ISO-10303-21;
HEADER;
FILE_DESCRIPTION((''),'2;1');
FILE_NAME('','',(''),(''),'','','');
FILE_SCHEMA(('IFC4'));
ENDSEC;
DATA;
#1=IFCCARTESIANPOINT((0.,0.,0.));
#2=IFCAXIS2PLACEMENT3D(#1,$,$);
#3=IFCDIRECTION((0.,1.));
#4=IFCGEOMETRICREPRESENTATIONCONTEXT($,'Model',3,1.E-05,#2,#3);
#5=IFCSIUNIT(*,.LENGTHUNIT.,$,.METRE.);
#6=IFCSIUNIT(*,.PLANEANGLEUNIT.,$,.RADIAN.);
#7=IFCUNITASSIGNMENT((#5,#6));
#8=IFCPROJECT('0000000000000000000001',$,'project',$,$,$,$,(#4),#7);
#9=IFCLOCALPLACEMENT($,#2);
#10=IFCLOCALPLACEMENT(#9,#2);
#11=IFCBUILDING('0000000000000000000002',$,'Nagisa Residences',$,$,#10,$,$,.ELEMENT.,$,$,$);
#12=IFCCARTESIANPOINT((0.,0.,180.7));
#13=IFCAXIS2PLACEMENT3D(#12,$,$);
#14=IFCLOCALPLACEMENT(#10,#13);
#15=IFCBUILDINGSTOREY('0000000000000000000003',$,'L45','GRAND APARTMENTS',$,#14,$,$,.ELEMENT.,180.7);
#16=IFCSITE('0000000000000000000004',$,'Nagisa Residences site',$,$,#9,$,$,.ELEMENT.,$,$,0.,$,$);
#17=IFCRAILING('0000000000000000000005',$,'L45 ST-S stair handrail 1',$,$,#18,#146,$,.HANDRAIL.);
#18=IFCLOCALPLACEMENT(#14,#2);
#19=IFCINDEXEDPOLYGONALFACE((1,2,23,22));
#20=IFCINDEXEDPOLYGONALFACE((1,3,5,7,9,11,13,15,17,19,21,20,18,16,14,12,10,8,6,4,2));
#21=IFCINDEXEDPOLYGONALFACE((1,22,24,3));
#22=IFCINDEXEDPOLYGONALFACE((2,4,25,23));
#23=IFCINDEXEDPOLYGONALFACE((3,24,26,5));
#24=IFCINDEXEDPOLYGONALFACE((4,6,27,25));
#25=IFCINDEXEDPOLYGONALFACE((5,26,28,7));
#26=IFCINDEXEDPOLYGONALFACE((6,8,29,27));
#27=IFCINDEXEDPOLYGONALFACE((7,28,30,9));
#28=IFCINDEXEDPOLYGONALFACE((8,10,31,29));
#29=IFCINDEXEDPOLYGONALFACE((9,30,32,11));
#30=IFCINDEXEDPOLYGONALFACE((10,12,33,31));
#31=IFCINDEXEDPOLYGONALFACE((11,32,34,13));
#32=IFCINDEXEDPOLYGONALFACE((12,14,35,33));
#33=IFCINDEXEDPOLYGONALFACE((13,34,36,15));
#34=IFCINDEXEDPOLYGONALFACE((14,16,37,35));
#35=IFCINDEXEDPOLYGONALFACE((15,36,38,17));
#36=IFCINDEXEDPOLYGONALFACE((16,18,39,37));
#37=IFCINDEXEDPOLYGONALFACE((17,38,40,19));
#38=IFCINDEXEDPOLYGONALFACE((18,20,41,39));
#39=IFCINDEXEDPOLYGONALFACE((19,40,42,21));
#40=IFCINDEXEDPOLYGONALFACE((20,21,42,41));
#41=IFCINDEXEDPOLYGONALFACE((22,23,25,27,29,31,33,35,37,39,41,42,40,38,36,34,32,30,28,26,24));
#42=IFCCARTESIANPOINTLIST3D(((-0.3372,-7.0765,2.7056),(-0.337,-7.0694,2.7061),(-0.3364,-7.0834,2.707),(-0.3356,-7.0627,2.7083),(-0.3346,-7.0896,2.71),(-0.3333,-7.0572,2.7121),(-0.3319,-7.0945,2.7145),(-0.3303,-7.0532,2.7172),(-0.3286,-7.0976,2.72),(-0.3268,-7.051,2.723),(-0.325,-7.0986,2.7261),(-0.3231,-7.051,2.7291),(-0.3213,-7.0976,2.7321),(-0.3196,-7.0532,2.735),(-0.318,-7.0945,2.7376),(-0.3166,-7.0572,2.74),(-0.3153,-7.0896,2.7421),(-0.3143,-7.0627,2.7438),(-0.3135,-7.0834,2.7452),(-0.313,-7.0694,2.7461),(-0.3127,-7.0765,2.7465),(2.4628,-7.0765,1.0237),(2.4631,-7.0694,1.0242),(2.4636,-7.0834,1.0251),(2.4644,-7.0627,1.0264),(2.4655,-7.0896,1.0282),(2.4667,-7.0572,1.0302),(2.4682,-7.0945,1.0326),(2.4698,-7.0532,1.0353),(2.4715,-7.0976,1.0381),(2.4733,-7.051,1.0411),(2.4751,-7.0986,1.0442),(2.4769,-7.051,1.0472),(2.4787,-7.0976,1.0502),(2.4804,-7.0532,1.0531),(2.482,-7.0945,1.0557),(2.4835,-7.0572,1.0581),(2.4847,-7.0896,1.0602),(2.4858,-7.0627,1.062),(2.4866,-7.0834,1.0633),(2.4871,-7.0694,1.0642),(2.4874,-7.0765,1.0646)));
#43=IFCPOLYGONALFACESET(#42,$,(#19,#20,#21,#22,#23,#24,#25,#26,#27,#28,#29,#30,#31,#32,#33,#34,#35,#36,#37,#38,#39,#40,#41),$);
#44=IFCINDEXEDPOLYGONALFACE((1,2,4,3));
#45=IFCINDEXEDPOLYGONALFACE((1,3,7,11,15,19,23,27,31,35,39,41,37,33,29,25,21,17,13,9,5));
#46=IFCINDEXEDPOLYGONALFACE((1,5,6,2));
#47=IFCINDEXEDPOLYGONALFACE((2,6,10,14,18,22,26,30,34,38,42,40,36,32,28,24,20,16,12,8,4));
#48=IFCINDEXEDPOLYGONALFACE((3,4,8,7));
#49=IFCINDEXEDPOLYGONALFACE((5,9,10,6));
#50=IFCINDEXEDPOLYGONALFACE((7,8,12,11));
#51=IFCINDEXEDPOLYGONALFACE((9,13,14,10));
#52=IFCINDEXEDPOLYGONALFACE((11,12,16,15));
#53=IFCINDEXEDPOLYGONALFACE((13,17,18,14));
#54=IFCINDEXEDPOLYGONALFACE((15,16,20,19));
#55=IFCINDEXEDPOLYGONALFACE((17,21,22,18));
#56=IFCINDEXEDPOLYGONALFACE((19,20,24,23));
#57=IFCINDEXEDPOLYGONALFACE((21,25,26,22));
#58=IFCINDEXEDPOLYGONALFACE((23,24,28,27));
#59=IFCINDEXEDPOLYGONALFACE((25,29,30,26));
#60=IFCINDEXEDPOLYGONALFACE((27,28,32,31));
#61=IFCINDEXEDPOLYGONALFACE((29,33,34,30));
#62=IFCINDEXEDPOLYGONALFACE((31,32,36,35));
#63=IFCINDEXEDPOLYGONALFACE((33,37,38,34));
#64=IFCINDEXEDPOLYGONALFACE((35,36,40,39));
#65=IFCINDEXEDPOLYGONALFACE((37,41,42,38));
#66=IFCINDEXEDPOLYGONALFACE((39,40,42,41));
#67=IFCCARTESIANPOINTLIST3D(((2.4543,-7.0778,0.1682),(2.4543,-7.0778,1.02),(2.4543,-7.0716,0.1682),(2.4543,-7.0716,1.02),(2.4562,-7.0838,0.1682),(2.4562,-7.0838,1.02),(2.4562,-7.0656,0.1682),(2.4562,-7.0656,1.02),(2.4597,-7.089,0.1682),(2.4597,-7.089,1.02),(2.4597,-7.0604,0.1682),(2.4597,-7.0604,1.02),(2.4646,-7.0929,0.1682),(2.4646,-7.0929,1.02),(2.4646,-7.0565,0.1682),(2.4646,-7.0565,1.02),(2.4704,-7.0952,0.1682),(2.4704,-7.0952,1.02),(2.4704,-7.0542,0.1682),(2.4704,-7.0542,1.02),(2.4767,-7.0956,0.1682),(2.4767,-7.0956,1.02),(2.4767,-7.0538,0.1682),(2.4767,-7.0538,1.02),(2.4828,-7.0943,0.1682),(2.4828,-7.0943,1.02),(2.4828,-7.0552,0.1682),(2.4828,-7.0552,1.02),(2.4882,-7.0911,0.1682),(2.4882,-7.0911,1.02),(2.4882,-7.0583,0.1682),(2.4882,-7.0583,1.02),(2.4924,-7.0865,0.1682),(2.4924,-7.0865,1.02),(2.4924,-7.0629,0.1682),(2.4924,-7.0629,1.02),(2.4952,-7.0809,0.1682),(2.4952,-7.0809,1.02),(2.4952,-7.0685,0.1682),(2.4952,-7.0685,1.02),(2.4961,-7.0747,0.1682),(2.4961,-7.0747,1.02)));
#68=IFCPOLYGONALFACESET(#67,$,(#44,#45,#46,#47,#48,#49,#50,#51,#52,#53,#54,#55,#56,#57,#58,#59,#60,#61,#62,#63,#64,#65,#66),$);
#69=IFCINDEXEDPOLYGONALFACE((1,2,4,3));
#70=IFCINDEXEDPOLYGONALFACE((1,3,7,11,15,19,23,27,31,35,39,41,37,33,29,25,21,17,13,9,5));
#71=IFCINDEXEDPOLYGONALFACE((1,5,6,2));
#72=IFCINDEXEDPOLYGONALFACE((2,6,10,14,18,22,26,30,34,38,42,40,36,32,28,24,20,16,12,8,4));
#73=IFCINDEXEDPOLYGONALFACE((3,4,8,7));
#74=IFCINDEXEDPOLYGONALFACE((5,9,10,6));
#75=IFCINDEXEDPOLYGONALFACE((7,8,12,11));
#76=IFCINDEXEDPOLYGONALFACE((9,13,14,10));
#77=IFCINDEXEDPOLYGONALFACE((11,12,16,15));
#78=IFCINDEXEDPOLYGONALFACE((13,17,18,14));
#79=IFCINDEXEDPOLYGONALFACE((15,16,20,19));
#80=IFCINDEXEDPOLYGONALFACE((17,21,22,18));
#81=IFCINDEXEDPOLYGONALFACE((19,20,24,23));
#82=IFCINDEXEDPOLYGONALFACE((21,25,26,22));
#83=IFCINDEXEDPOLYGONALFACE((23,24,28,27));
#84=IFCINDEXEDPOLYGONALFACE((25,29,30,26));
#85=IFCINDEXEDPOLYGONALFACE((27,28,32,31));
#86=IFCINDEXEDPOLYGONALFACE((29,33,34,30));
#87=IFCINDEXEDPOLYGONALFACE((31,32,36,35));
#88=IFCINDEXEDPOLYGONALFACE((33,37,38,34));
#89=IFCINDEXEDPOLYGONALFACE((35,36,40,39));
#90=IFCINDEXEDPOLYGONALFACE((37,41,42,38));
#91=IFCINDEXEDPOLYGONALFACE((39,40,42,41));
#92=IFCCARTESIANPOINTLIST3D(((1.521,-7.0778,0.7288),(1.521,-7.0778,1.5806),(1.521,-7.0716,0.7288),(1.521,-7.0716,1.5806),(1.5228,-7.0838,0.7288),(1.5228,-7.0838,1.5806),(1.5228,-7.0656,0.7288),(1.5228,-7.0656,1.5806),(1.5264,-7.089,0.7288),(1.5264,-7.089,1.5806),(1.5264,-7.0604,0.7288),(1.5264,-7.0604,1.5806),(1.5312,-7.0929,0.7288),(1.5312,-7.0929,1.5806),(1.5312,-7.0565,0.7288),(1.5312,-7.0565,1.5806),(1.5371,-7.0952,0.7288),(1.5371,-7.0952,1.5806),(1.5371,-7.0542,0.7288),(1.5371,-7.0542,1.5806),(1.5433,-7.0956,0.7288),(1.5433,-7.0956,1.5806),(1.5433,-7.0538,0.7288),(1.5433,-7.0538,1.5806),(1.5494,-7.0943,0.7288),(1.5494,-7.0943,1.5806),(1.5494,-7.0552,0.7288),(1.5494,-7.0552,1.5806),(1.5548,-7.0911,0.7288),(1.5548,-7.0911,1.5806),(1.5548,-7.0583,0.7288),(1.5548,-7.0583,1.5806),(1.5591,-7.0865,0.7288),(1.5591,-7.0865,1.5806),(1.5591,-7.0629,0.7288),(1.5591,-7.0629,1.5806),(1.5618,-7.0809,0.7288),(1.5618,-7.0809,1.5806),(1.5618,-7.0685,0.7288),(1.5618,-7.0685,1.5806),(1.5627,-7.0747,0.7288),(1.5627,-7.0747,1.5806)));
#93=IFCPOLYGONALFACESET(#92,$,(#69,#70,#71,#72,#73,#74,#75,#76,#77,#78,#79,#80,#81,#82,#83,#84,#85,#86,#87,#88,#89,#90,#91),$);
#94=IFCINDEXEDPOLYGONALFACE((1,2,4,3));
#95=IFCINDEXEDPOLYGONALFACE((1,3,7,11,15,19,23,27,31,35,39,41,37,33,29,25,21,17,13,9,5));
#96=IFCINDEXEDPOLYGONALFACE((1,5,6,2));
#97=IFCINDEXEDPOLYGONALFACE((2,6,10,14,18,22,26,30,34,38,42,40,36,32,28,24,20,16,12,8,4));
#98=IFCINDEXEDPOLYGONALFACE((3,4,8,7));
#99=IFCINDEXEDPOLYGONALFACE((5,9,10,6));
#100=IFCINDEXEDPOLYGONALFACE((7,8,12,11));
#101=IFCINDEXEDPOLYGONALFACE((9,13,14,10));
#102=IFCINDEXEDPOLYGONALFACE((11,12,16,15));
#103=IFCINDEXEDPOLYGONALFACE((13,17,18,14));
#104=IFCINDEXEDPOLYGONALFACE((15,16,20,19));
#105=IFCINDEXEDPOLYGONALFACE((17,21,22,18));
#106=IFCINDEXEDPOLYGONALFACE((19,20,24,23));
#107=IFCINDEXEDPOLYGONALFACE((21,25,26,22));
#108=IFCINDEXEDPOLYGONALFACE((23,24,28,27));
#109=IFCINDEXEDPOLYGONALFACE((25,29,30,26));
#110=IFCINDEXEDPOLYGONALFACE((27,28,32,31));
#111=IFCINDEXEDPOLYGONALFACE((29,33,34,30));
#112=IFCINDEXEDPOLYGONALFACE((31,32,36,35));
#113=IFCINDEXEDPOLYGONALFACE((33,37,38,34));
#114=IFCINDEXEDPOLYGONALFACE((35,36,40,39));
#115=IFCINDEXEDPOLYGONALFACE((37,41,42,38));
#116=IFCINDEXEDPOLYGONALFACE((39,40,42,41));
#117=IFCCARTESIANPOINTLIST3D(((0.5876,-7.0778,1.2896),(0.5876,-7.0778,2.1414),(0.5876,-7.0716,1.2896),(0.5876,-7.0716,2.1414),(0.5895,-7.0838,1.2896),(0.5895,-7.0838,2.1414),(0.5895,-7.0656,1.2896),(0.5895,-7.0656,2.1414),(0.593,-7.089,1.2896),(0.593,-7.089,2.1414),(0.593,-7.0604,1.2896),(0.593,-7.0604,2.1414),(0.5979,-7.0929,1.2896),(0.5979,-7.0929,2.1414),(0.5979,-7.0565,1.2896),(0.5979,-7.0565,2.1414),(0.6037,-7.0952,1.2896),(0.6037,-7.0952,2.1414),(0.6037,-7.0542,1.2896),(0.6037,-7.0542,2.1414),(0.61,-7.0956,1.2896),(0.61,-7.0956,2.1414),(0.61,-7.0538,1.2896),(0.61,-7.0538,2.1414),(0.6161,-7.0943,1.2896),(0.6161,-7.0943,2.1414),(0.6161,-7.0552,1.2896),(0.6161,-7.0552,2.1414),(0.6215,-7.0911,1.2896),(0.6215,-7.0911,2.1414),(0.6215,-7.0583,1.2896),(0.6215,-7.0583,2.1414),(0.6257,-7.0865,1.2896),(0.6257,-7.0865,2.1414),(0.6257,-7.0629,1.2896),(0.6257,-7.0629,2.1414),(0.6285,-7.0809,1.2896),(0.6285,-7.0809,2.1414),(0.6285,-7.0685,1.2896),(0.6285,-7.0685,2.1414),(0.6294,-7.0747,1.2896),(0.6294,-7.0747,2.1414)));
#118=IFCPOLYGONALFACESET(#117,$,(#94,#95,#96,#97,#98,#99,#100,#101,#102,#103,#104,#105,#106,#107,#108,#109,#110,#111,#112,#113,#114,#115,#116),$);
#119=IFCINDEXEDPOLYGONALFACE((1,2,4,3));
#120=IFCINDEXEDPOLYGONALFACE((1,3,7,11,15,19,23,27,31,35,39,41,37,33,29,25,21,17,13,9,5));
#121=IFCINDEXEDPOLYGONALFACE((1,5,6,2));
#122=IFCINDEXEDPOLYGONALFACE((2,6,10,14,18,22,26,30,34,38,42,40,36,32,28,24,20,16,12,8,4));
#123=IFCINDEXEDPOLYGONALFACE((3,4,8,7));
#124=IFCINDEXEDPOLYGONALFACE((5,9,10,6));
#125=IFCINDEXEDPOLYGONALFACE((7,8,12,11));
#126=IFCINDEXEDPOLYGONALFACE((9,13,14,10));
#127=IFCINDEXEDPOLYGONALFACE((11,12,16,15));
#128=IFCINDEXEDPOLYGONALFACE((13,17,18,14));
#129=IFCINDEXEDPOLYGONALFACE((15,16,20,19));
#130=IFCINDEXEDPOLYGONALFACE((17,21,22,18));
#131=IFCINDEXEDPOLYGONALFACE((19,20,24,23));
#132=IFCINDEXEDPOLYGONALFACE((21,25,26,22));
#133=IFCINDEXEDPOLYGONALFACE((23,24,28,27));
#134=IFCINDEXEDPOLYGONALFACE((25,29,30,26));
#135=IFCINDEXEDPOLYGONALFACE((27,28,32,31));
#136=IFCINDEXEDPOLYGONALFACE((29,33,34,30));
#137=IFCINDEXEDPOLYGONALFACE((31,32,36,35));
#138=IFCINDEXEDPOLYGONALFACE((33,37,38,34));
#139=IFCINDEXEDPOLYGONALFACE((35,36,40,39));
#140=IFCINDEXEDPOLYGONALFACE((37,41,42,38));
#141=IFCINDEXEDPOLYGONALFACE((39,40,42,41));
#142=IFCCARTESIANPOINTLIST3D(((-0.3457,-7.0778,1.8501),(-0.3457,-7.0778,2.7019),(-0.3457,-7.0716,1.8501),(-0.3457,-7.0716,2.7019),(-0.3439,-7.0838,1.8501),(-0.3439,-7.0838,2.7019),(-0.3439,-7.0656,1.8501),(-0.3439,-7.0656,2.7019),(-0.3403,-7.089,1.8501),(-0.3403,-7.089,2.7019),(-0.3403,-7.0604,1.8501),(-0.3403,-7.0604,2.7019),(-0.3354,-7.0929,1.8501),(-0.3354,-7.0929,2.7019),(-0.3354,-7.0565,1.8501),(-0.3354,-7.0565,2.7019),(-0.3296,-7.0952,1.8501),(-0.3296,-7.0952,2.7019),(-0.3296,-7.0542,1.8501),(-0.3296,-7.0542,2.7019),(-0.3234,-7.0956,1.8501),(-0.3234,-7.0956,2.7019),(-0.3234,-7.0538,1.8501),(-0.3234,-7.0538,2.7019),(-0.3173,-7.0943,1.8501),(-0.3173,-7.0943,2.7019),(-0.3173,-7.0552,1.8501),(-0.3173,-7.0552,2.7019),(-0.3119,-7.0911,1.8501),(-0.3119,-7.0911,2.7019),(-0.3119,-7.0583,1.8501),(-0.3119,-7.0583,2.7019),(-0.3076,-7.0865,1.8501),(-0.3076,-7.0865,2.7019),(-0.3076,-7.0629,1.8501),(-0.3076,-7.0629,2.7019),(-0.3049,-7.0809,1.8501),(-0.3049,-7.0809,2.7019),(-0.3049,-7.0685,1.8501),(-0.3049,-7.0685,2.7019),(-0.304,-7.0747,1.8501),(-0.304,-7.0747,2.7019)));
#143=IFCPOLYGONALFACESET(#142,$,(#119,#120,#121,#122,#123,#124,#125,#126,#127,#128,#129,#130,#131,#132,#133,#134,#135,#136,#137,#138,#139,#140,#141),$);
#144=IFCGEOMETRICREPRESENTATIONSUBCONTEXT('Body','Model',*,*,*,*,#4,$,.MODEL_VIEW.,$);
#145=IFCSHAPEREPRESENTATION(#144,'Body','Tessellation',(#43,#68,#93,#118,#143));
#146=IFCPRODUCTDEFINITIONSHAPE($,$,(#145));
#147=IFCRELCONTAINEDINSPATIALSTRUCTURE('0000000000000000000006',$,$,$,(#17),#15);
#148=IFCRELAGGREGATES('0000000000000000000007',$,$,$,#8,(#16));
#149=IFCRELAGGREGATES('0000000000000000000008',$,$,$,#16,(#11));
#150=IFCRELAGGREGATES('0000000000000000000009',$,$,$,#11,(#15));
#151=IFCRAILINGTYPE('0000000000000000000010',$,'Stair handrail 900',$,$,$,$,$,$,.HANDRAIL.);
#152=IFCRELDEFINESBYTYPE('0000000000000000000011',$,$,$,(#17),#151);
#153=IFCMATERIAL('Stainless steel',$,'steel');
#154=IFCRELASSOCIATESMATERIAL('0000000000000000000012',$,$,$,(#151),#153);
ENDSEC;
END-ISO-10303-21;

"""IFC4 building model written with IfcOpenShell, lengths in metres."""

from ifc_helpers import new_model, si_unit, direction, frame, origin, origin_2d, place, context, subcontext, project, spatial, circle, extrude, material, type_object, element, save


model = new_model("IFC4")

# Units and contexts
model_context = context("Model", 3, precision=1e-05, world=origin(), true_north=direction((0.0, 1.0)))
body_context = subcontext(model_context, "Body", "Model", "MODEL_VIEW")
ifc_project = project(units=[si_unit("LENGTHUNIT", "METRE"), si_unit("PLANEANGLEUNIT", "RADIAN")], contexts=[model_context])

# Site, building, storey
site_placement = place(None, origin())
site = spatial("IfcSite", under=ifc_project, at=site_placement, Name="Nagisa Residences site", CompositionType="ELEMENT", RefElevation=0.0)
building_placement = place(site_placement, origin())
building = spatial("IfcBuilding", under=site, at=building_placement, Name="Nagisa Residences", CompositionType="ELEMENT")
storey_placement = place(building_placement, frame((0.0, 0.0, 180.7)))
storey = spatial("IfcBuildingStorey", under=building, at=storey_placement, Name="L45", Description="GRAND APARTMENTS", CompositionType="ELEMENT", Elevation=180.7)

# Railing
ifc_material_1 = material(Name="Stainless steel", Category="steel")
railing_type_1 = type_object("IfcRailingType", Name="Stair handrail 900", PredefinedType="HANDRAIL", material=ifc_material_1)
railing_1_placement = place(storey_placement, frame((2.4751, -7.0747, 0.1682)))
element("IfcRailing", 1, at=railing_1_placement, inside=storey, type_object=railing_type_1, Name="L45 ST-S stair handrail 1", PredefinedType="HANDRAIL", context=body_context, shape_type="SweptSolid", body=[
    extrude(circle(Radius=0.0239, at=origin_2d()), frame((0.0, 0.0, 0.876), z_axis=(-0.857242, 0.0, 0.514913), x_axis=(0.0, -1.0, 0.0)), (0.0, 0.0, 1.0), 3.2664),
    extrude(circle(Radius=0.021, at=origin_2d()), origin(), (0.0, 0.0, 1.0), 0.8518),
    extrude(circle(Radius=0.021, at=origin_2d()), frame((-0.9333, 0.0, 0.5605)), (0.0, 0.0, 1.0), 0.8518),
    extrude(circle(Radius=0.021, at=origin_2d()), frame((-1.8667, 0.0, 1.1213)), (0.0, 0.0, 1.0), 0.8518),
    extrude(circle(Radius=0.021, at=origin_2d()), frame((-2.8, 0.0, 1.6819)), (0.0, 0.0, 1.0), 0.8518),
])

save(model, "model.ifc")
